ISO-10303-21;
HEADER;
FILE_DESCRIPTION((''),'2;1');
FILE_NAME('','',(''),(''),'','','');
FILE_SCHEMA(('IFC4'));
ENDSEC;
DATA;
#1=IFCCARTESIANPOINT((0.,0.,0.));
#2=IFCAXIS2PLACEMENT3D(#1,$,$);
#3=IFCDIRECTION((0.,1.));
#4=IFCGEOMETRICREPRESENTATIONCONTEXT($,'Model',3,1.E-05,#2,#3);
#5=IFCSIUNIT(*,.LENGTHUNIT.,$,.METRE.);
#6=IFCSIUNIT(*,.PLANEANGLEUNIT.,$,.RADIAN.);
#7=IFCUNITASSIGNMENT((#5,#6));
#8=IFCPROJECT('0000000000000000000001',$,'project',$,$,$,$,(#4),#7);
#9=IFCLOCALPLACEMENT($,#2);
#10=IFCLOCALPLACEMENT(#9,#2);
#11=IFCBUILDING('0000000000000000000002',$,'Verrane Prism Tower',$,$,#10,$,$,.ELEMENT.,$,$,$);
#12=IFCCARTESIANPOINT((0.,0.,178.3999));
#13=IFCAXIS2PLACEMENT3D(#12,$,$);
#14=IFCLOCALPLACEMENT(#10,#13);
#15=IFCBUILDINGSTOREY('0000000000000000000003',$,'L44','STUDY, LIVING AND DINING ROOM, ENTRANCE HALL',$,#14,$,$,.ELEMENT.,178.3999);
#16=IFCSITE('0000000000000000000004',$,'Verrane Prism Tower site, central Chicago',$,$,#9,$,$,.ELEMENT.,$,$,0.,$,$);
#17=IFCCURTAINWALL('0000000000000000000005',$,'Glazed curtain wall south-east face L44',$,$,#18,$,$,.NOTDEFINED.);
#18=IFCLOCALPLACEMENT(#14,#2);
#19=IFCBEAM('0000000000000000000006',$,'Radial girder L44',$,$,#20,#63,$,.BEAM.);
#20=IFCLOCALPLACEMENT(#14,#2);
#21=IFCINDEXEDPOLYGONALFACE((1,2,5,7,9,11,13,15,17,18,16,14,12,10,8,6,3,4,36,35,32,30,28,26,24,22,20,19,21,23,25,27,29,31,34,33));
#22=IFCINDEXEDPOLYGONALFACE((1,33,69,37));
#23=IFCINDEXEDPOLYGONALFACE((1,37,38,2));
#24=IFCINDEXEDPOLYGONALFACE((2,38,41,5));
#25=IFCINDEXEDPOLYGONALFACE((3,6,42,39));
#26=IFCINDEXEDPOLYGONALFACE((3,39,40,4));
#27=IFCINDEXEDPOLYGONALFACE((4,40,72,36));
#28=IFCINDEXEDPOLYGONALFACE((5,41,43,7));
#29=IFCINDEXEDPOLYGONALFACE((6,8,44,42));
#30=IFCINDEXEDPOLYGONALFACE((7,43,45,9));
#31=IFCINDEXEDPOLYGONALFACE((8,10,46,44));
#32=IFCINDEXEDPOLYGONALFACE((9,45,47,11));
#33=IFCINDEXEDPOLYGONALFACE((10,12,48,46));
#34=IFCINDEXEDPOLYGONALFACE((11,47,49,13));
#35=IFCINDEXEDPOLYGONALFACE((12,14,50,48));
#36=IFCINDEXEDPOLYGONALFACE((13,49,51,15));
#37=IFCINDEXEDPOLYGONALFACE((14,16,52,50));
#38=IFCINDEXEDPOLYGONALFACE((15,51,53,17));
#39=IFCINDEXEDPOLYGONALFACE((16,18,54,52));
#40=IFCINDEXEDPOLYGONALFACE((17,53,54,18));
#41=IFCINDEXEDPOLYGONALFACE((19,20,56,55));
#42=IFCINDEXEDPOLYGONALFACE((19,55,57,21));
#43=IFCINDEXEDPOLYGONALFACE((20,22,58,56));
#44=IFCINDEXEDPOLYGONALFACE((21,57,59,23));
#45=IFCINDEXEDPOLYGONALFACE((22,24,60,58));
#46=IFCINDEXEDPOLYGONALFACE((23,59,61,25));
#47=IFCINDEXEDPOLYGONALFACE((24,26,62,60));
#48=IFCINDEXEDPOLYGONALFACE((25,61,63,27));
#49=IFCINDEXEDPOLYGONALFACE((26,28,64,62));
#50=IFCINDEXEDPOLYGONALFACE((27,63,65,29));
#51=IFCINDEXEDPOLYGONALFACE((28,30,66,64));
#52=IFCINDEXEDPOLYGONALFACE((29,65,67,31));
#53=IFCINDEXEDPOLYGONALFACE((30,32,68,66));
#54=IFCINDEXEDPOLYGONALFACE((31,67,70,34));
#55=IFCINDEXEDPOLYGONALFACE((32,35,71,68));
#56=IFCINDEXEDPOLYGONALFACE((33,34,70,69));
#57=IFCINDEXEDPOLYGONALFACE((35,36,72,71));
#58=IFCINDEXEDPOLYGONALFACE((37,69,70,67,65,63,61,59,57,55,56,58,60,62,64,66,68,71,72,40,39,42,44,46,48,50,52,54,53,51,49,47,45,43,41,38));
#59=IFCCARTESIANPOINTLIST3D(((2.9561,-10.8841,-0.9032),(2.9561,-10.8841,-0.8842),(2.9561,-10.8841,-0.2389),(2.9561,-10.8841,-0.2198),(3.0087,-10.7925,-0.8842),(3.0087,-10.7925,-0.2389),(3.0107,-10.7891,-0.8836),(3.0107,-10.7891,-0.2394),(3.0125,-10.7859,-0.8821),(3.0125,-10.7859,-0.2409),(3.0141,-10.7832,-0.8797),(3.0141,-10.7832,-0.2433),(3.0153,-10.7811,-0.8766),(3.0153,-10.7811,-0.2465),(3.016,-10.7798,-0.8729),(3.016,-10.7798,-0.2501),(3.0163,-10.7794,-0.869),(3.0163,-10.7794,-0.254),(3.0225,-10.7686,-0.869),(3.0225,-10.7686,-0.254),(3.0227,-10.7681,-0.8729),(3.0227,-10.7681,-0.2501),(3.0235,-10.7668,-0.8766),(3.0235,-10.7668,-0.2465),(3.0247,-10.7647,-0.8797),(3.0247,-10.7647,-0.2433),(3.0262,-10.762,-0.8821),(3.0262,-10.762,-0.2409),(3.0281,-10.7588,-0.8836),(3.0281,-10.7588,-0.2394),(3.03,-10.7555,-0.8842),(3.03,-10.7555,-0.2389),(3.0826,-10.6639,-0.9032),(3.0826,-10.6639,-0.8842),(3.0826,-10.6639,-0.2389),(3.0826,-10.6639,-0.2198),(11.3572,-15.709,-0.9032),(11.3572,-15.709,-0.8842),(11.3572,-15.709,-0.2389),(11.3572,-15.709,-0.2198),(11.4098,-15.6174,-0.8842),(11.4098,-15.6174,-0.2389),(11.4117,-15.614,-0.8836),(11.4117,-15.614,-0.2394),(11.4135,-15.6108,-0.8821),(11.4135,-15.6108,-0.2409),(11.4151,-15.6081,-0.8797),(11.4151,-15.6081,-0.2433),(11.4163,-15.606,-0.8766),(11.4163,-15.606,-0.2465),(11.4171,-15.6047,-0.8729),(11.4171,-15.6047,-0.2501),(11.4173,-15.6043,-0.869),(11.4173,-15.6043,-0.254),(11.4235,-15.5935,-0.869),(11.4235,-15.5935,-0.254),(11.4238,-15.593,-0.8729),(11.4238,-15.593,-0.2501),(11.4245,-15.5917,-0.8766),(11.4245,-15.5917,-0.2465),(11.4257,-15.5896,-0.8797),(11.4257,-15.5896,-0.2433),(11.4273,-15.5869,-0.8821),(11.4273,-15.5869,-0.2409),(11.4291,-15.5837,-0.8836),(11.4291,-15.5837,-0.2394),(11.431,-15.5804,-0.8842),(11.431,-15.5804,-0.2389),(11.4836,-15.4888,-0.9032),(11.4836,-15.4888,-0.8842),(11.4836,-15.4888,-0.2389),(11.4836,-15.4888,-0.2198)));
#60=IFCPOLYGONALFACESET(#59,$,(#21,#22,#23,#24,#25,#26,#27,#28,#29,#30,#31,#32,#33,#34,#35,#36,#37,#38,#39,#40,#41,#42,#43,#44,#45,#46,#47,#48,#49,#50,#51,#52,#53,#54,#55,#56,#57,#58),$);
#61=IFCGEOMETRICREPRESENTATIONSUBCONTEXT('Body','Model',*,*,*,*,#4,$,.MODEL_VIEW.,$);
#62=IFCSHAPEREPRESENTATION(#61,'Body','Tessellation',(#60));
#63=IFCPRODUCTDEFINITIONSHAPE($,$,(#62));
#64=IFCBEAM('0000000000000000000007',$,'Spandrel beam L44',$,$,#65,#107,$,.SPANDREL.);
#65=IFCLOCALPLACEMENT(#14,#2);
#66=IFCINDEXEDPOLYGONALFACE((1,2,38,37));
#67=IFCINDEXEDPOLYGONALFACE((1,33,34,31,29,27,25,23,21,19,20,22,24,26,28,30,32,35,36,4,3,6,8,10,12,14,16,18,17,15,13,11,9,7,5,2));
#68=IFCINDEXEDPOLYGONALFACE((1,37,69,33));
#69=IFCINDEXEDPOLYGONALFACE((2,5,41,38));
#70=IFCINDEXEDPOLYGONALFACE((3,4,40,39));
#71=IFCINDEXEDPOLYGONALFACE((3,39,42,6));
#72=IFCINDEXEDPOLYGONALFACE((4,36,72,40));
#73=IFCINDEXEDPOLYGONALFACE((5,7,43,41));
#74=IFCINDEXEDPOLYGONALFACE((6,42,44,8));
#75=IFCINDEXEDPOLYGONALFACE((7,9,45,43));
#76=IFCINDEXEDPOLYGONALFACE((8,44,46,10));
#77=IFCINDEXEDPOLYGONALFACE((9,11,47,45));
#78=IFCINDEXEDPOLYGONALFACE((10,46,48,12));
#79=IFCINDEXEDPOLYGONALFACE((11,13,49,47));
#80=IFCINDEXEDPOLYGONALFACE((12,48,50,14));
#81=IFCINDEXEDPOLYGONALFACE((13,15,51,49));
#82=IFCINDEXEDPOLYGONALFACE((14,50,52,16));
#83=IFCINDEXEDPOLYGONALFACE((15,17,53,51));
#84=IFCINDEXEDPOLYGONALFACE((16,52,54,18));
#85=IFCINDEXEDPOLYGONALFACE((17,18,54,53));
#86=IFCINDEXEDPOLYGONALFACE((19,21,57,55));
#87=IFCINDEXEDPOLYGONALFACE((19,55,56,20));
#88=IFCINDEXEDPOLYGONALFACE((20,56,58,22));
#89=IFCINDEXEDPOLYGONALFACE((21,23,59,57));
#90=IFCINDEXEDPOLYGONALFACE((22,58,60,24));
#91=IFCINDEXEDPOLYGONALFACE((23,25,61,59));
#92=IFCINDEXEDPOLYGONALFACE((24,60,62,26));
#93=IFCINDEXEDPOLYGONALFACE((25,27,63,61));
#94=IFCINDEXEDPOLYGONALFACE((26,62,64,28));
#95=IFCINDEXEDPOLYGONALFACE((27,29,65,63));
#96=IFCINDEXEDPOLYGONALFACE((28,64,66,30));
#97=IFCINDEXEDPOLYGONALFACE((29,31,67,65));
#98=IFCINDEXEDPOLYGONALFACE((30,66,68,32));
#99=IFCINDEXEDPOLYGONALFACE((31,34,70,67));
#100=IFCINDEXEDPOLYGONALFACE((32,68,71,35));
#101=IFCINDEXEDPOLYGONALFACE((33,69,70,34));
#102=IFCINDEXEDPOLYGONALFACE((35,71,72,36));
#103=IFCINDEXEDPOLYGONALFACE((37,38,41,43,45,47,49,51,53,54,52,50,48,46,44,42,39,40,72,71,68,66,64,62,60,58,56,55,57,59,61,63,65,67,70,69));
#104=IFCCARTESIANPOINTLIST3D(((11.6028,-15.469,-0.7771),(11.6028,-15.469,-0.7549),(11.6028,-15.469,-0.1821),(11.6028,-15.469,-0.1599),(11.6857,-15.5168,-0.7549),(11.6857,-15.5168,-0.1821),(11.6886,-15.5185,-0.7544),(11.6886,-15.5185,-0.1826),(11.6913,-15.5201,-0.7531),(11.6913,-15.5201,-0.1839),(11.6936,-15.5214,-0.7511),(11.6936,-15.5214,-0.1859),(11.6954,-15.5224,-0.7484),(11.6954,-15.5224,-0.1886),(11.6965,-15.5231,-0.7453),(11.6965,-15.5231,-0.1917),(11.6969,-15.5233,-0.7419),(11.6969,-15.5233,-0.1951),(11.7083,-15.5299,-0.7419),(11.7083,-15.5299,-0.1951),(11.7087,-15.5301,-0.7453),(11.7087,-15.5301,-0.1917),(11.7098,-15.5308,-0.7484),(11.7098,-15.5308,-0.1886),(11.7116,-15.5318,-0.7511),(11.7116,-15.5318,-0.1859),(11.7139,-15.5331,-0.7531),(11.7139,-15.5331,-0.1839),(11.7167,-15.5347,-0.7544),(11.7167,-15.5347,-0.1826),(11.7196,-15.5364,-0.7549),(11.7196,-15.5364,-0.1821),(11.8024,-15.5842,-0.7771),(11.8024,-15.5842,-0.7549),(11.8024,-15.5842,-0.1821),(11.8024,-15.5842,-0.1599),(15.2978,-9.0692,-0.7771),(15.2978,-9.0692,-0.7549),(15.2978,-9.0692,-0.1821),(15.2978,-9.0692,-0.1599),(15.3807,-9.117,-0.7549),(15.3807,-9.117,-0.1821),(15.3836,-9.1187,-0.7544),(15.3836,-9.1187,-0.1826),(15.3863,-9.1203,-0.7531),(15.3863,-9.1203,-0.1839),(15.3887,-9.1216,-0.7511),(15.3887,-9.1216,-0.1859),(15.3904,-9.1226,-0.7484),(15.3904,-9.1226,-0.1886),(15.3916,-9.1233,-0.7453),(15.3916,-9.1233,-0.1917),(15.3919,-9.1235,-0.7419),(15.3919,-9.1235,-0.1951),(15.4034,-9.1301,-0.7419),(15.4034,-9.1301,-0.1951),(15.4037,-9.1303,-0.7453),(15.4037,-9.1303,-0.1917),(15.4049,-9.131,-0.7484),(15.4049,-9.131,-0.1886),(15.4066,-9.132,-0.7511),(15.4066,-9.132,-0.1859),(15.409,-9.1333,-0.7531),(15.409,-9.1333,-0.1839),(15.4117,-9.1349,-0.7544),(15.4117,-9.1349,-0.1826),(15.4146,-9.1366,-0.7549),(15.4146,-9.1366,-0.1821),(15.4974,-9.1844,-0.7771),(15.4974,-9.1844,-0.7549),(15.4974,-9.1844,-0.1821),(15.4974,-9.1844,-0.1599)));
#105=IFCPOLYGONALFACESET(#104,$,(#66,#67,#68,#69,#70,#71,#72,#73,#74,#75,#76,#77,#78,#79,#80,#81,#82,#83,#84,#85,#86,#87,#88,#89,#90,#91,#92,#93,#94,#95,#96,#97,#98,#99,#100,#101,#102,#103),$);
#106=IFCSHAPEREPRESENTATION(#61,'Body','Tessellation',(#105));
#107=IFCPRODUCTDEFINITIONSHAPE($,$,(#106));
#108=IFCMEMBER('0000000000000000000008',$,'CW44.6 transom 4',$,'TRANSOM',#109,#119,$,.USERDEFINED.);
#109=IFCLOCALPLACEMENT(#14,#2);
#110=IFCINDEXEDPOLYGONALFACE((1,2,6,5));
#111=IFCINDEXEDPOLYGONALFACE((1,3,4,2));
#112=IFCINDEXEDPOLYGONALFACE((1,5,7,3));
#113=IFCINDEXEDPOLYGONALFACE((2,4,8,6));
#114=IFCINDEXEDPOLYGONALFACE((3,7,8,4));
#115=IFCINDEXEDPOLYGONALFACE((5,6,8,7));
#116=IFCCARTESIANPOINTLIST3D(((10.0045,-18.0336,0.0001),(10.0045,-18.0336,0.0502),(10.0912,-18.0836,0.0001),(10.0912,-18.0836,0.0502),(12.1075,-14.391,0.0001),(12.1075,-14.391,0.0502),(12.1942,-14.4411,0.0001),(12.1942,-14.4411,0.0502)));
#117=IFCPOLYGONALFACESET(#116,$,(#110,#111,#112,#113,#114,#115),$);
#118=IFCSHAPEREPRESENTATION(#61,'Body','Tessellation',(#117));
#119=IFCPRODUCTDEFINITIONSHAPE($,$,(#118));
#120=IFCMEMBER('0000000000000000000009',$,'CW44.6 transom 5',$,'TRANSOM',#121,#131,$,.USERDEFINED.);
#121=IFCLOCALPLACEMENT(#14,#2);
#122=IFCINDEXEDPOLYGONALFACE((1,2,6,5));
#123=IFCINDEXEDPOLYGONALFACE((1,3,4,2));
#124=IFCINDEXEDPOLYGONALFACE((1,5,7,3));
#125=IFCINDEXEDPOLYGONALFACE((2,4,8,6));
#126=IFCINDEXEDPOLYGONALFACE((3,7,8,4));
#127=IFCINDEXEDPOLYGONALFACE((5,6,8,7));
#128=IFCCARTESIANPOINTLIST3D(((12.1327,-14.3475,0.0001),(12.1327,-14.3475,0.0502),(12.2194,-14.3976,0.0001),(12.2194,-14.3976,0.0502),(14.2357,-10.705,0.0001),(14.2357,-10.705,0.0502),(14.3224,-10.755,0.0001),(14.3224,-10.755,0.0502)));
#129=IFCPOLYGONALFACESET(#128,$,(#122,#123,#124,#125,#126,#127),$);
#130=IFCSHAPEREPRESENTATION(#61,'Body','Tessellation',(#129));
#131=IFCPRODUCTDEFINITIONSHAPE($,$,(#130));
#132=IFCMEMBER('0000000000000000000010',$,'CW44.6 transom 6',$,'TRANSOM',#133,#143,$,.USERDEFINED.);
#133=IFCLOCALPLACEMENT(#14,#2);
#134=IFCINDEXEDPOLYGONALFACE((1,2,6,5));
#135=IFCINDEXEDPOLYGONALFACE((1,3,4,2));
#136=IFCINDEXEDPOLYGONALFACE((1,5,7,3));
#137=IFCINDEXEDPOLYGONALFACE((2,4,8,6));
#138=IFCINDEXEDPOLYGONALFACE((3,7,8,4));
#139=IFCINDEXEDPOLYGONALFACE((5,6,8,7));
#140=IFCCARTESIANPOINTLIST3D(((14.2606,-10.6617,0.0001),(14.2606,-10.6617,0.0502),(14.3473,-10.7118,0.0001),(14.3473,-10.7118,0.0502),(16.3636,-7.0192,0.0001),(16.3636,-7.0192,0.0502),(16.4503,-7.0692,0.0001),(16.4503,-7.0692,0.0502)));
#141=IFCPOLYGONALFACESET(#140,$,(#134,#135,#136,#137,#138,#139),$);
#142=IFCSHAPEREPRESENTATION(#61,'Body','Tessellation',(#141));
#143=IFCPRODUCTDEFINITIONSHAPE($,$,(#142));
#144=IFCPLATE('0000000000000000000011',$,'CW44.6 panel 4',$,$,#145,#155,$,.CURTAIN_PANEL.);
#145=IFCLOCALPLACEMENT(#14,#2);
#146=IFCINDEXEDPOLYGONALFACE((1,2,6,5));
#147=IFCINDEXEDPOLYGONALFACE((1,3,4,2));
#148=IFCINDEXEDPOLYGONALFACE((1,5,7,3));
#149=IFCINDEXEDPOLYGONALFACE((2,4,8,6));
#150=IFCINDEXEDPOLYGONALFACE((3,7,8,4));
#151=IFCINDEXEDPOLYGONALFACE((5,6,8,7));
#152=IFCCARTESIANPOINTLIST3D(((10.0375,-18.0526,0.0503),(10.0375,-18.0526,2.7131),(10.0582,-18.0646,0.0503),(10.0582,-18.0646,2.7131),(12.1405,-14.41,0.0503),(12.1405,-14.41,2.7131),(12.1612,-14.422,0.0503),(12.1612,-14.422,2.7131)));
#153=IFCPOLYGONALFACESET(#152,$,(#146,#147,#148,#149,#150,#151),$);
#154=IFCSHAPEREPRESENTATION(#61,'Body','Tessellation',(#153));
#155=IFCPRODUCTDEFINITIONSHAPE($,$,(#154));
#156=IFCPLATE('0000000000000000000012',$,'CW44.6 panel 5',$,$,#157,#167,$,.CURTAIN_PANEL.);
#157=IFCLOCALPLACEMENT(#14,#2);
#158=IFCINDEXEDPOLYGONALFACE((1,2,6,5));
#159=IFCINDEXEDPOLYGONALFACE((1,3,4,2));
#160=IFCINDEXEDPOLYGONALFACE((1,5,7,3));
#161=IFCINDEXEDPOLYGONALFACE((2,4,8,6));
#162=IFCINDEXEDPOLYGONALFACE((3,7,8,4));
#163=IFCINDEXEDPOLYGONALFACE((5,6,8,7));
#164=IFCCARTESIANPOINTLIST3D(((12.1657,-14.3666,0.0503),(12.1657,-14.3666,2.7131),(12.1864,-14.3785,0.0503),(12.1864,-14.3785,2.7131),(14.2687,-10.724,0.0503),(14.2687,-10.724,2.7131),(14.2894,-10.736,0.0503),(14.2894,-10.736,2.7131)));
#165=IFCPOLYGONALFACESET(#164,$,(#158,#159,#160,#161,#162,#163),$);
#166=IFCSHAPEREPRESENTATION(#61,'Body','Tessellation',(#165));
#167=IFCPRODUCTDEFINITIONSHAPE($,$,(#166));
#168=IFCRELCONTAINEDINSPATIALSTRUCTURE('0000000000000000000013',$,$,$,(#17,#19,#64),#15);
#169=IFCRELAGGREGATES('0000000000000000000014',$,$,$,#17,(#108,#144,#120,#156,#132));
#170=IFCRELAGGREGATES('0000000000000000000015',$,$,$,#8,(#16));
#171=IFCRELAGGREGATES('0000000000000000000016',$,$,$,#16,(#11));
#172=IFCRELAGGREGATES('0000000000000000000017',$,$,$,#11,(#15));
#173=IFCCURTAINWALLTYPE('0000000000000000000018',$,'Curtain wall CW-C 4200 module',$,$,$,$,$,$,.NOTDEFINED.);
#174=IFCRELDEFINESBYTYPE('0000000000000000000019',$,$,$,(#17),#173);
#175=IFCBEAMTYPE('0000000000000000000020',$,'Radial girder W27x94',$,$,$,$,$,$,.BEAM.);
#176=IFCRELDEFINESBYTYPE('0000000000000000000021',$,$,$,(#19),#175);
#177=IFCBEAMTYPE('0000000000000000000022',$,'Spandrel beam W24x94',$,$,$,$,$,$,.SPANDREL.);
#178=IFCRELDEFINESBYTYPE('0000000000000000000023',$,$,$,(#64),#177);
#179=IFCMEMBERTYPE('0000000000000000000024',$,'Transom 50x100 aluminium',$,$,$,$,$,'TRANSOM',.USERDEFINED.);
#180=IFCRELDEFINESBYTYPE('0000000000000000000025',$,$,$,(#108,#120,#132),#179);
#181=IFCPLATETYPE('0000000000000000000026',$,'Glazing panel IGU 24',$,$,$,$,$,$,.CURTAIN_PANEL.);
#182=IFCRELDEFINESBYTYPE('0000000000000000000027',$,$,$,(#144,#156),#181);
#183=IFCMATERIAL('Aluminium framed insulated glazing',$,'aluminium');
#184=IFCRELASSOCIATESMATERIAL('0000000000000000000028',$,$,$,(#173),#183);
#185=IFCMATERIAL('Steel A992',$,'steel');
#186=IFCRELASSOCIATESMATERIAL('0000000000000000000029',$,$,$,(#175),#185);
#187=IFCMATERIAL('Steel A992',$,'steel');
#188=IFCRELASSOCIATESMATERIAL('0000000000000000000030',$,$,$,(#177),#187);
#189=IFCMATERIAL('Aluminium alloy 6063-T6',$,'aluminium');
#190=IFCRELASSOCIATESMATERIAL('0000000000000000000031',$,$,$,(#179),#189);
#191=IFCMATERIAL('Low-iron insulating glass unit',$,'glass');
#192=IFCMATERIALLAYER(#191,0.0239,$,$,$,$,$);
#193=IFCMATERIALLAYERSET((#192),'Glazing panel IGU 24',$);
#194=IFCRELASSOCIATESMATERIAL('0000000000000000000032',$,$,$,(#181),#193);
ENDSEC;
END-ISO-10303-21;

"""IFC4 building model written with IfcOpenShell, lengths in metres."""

from ifc_helpers import new_model, si_unit, direction, frame, origin, origin_2d, place, context, subcontext, project, spatial, rectangle, i_section, extrude, material, layer, layer_set, material_profile, profile_set, type_object, element, aggregate, save


model = new_model("IFC4")

# Units and contexts
model_context = context("Model", 3, precision=1e-05, world=origin(), true_north=direction((0.0, 1.0)))
body_context = subcontext(model_context, "Body", "Model", "MODEL_VIEW")
ifc_project = project(units=[si_unit("LENGTHUNIT", "METRE"), si_unit("PLANEANGLEUNIT", "RADIAN")], contexts=[model_context])

# Site, building, storey
site_placement = place(None, origin())
site = spatial("IfcSite", under=ifc_project, at=site_placement, Name="Verrane Prism Tower site, central Chicago", CompositionType="ELEMENT", RefElevation=0.0)
building_placement = place(site_placement, origin())
building = spatial("IfcBuilding", under=site, at=building_placement, Name="Verrane Prism Tower", CompositionType="ELEMENT")
storey_placement = place(building_placement, frame((0.0, 0.0, 178.3999)))
storey = spatial("IfcBuildingStorey", under=building, at=storey_placement, Name="L44", Description="STUDY, LIVING AND DINING ROOM, ENTRANCE HALL", CompositionType="ELEMENT", Elevation=178.3999)

# Curtain wall
ifc_material_1 = material(Name="Aluminium framed insulated glazing", Category="aluminium")
curtain_wall_type = type_object("IfcCurtainWallType", Name="Curtain wall CW-C 4200 module", PredefinedType="NOTDEFINED", material=ifc_material_1)
curtain_wall_placement = place(storey_placement, origin())
curtain_wall = element("IfcCurtainWall", 1, at=curtain_wall_placement, inside=storey, type_object=curtain_wall_type, Name="Glazed curtain wall south-east face L44", PredefinedType="NOTDEFINED")

# Beams
ifc_material_2 = material(Name="Steel A992", Category="steel")
ifc_material_profile_1 = material_profile(ifc_material_2, i_section(OverallWidth=0.2539, OverallDepth=0.6833, WebThickness=0.0125, FlangeThickness=0.019, FilletRadius=0.0151, at=origin_2d()), Name="W27x94")
ifc_profile_set_1 = profile_set([ifc_material_profile_1], Name="Steel A992")
beam_type_1 = type_object("IfcBeamType", Name="Radial girder W27x94", PredefinedType="BEAM", material=ifc_profile_set_1)
beam_1_placement = place(storey_placement, frame((11.4204, -15.5989, -0.5615), z_axis=(-0.86716, 0.498029, 0.0), x_axis=(-0.498029, -0.86716, 0.0)))
element("IfcBeam", 2, at=beam_1_placement, inside=storey, type_object=beam_type_1, Name="Radial girder L44", PredefinedType="BEAM", context=body_context, shape_type="SweptSolid", body=[
    extrude(i_section(OverallWidth=0.2539, OverallDepth=0.6833, WebThickness=0.0125, FlangeThickness=0.019, FilletRadius=0.0151, at=origin_2d()), origin(), (0.0, 0.0, 1.0), 9.688),
])
ifc_material_3 = material(Name="Steel A992", Category="steel")
ifc_material_profile_2 = material_profile(ifc_material_3, i_section(OverallWidth=0.2305, OverallDepth=0.6172, WebThickness=0.0132, FlangeThickness=0.0222, FilletRadius=0.0129, at=origin_2d()), Name="W24x94")
ifc_profile_set_2 = profile_set([ifc_material_profile_2], Name="Steel A992")
beam_type_2 = type_object("IfcBeamType", Name="Spandrel beam W24x94", PredefinedType="SPANDREL", material=ifc_profile_set_2)
beam_2_placement = place(storey_placement, frame((11.7026, -15.5266, -0.4685), z_axis=(0.500008, 0.866021, 0.0), x_axis=(-0.866021, 0.500008, 0.0)))
element("IfcBeam", 3, at=beam_2_placement, inside=storey, type_object=beam_type_2, Name="Spandrel beam L44", PredefinedType="SPANDREL", context=body_context, shape_type="SweptSolid", body=[
    extrude(i_section(OverallWidth=0.2305, OverallDepth=0.6172, WebThickness=0.0132, FlangeThickness=0.0222, FilletRadius=0.0129, at=origin_2d()), origin(), (0.0, 0.0, 1.0), 7.3899),
])

# Members
ifc_material_4 = material(Name="Aluminium alloy 6063-T6", Category="aluminium")
ifc_material_profile_3 = material_profile(ifc_material_4, rectangle(XDim=0.1001, YDim=0.05, at=origin_2d()), Name="Transom 50x100 aluminium")
ifc_profile_set_3 = profile_set([ifc_material_profile_3], Name="Aluminium alloy 6063-T6")
member_type_1 = type_object("IfcMemberType", Name="Transom 50x100 aluminium", ElementType="TRANSOM", PredefinedType="USERDEFINED", material=ifc_profile_set_3)
member_1_placement = place(storey_placement, frame((10.0479, -18.0586, 0.0251), z_axis=(0.499997, 0.866027, 0.0), x_axis=(-0.866027, 0.499997, 0.0)))
member_1 = element("IfcMember", 4, at=member_1_placement, type_object=member_type_1, Name="CW44.6 transom 4", ObjectType="TRANSOM", PredefinedType="USERDEFINED", context=body_context, shape_type="SweptSolid", body=[
    extrude(rectangle(XDim=0.1001, YDim=0.05, at=origin_2d()), origin(), (0.0, 0.0, 1.0), 4.2061),
])
member_2_placement = place(storey_placement, frame((12.176, -14.3726, 0.0251), z_axis=(0.499997, 0.866027, 0.0), x_axis=(-0.866027, 0.499997, 0.0)))
member_2 = element("IfcMember", 5, at=member_2_placement, type_object=member_type_1, Name="CW44.6 transom 5", ObjectType="TRANSOM", PredefinedType="USERDEFINED", context=body_context, shape_type="SweptSolid", body=[
    extrude(rectangle(XDim=0.1001, YDim=0.05, at=origin_2d()), origin(), (0.0, 0.0, 1.0), 4.2061),
])
member_3_placement = place(storey_placement, frame((14.304, -10.6868, 0.0251), z_axis=(0.499997, 0.866027, 0.0), x_axis=(-0.866027, 0.499997, 0.0)))
member_3 = element("IfcMember", 6, at=member_3_placement, type_object=member_type_1, Name="CW44.6 transom 6", ObjectType="TRANSOM", PredefinedType="USERDEFINED", context=body_context, shape_type="SweptSolid", body=[
    extrude(rectangle(XDim=0.1001, YDim=0.05, at=origin_2d()), origin(), (0.0, 0.0, 1.0), 4.2061),
])

# Plates
ifc_material_5 = material(Name="Low-iron insulating glass unit", Category="glass")
ifc_layer_1 = layer(ifc_material_5, 0.0239)
ifc_layer_set_1 = layer_set([ifc_layer_1], Name="Glazing panel IGU 24")
plate_type = type_object("IfcPlateType", Name="Glazing panel IGU 24", PredefinedType="CURTAIN_PANEL", material=ifc_layer_set_1)
plate_1_placement = place(storey_placement, frame((11.0994, -16.2373, 0.0503), z_axis=(0.0, 0.0, 1.0), x_axis=(0.499999, 0.866026, 0.0)))
plate_1 = element("IfcPlate", 7, at=plate_1_placement, type_object=plate_type, Name="CW44.6 panel 4", PredefinedType="CURTAIN_PANEL", context=body_context, shape_type="SweptSolid", body=[
    extrude(rectangle(XDim=4.2061, YDim=0.0239, at=origin_2d()), origin(), (0.0, 0.0, 1.0), 2.6628),
])
plate_2_placement = place(storey_placement, frame((13.2275, -12.5513, 0.0503), z_axis=(0.0, 0.0, 1.0), x_axis=(0.499999, 0.866026, 0.0)))
plate_2 = element("IfcPlate", 8, at=plate_2_placement, type_object=plate_type, Name="CW44.6 panel 5", PredefinedType="CURTAIN_PANEL", context=body_context, shape_type="SweptSolid", body=[
    extrude(rectangle(XDim=4.2061, YDim=0.0239, at=origin_2d()), origin(), (0.0, 0.0, 1.0), 2.6628),
])
aggregate(curtain_wall, [member_1, plate_1, member_2, plate_2, member_3])

save(model, "model.ifc")
